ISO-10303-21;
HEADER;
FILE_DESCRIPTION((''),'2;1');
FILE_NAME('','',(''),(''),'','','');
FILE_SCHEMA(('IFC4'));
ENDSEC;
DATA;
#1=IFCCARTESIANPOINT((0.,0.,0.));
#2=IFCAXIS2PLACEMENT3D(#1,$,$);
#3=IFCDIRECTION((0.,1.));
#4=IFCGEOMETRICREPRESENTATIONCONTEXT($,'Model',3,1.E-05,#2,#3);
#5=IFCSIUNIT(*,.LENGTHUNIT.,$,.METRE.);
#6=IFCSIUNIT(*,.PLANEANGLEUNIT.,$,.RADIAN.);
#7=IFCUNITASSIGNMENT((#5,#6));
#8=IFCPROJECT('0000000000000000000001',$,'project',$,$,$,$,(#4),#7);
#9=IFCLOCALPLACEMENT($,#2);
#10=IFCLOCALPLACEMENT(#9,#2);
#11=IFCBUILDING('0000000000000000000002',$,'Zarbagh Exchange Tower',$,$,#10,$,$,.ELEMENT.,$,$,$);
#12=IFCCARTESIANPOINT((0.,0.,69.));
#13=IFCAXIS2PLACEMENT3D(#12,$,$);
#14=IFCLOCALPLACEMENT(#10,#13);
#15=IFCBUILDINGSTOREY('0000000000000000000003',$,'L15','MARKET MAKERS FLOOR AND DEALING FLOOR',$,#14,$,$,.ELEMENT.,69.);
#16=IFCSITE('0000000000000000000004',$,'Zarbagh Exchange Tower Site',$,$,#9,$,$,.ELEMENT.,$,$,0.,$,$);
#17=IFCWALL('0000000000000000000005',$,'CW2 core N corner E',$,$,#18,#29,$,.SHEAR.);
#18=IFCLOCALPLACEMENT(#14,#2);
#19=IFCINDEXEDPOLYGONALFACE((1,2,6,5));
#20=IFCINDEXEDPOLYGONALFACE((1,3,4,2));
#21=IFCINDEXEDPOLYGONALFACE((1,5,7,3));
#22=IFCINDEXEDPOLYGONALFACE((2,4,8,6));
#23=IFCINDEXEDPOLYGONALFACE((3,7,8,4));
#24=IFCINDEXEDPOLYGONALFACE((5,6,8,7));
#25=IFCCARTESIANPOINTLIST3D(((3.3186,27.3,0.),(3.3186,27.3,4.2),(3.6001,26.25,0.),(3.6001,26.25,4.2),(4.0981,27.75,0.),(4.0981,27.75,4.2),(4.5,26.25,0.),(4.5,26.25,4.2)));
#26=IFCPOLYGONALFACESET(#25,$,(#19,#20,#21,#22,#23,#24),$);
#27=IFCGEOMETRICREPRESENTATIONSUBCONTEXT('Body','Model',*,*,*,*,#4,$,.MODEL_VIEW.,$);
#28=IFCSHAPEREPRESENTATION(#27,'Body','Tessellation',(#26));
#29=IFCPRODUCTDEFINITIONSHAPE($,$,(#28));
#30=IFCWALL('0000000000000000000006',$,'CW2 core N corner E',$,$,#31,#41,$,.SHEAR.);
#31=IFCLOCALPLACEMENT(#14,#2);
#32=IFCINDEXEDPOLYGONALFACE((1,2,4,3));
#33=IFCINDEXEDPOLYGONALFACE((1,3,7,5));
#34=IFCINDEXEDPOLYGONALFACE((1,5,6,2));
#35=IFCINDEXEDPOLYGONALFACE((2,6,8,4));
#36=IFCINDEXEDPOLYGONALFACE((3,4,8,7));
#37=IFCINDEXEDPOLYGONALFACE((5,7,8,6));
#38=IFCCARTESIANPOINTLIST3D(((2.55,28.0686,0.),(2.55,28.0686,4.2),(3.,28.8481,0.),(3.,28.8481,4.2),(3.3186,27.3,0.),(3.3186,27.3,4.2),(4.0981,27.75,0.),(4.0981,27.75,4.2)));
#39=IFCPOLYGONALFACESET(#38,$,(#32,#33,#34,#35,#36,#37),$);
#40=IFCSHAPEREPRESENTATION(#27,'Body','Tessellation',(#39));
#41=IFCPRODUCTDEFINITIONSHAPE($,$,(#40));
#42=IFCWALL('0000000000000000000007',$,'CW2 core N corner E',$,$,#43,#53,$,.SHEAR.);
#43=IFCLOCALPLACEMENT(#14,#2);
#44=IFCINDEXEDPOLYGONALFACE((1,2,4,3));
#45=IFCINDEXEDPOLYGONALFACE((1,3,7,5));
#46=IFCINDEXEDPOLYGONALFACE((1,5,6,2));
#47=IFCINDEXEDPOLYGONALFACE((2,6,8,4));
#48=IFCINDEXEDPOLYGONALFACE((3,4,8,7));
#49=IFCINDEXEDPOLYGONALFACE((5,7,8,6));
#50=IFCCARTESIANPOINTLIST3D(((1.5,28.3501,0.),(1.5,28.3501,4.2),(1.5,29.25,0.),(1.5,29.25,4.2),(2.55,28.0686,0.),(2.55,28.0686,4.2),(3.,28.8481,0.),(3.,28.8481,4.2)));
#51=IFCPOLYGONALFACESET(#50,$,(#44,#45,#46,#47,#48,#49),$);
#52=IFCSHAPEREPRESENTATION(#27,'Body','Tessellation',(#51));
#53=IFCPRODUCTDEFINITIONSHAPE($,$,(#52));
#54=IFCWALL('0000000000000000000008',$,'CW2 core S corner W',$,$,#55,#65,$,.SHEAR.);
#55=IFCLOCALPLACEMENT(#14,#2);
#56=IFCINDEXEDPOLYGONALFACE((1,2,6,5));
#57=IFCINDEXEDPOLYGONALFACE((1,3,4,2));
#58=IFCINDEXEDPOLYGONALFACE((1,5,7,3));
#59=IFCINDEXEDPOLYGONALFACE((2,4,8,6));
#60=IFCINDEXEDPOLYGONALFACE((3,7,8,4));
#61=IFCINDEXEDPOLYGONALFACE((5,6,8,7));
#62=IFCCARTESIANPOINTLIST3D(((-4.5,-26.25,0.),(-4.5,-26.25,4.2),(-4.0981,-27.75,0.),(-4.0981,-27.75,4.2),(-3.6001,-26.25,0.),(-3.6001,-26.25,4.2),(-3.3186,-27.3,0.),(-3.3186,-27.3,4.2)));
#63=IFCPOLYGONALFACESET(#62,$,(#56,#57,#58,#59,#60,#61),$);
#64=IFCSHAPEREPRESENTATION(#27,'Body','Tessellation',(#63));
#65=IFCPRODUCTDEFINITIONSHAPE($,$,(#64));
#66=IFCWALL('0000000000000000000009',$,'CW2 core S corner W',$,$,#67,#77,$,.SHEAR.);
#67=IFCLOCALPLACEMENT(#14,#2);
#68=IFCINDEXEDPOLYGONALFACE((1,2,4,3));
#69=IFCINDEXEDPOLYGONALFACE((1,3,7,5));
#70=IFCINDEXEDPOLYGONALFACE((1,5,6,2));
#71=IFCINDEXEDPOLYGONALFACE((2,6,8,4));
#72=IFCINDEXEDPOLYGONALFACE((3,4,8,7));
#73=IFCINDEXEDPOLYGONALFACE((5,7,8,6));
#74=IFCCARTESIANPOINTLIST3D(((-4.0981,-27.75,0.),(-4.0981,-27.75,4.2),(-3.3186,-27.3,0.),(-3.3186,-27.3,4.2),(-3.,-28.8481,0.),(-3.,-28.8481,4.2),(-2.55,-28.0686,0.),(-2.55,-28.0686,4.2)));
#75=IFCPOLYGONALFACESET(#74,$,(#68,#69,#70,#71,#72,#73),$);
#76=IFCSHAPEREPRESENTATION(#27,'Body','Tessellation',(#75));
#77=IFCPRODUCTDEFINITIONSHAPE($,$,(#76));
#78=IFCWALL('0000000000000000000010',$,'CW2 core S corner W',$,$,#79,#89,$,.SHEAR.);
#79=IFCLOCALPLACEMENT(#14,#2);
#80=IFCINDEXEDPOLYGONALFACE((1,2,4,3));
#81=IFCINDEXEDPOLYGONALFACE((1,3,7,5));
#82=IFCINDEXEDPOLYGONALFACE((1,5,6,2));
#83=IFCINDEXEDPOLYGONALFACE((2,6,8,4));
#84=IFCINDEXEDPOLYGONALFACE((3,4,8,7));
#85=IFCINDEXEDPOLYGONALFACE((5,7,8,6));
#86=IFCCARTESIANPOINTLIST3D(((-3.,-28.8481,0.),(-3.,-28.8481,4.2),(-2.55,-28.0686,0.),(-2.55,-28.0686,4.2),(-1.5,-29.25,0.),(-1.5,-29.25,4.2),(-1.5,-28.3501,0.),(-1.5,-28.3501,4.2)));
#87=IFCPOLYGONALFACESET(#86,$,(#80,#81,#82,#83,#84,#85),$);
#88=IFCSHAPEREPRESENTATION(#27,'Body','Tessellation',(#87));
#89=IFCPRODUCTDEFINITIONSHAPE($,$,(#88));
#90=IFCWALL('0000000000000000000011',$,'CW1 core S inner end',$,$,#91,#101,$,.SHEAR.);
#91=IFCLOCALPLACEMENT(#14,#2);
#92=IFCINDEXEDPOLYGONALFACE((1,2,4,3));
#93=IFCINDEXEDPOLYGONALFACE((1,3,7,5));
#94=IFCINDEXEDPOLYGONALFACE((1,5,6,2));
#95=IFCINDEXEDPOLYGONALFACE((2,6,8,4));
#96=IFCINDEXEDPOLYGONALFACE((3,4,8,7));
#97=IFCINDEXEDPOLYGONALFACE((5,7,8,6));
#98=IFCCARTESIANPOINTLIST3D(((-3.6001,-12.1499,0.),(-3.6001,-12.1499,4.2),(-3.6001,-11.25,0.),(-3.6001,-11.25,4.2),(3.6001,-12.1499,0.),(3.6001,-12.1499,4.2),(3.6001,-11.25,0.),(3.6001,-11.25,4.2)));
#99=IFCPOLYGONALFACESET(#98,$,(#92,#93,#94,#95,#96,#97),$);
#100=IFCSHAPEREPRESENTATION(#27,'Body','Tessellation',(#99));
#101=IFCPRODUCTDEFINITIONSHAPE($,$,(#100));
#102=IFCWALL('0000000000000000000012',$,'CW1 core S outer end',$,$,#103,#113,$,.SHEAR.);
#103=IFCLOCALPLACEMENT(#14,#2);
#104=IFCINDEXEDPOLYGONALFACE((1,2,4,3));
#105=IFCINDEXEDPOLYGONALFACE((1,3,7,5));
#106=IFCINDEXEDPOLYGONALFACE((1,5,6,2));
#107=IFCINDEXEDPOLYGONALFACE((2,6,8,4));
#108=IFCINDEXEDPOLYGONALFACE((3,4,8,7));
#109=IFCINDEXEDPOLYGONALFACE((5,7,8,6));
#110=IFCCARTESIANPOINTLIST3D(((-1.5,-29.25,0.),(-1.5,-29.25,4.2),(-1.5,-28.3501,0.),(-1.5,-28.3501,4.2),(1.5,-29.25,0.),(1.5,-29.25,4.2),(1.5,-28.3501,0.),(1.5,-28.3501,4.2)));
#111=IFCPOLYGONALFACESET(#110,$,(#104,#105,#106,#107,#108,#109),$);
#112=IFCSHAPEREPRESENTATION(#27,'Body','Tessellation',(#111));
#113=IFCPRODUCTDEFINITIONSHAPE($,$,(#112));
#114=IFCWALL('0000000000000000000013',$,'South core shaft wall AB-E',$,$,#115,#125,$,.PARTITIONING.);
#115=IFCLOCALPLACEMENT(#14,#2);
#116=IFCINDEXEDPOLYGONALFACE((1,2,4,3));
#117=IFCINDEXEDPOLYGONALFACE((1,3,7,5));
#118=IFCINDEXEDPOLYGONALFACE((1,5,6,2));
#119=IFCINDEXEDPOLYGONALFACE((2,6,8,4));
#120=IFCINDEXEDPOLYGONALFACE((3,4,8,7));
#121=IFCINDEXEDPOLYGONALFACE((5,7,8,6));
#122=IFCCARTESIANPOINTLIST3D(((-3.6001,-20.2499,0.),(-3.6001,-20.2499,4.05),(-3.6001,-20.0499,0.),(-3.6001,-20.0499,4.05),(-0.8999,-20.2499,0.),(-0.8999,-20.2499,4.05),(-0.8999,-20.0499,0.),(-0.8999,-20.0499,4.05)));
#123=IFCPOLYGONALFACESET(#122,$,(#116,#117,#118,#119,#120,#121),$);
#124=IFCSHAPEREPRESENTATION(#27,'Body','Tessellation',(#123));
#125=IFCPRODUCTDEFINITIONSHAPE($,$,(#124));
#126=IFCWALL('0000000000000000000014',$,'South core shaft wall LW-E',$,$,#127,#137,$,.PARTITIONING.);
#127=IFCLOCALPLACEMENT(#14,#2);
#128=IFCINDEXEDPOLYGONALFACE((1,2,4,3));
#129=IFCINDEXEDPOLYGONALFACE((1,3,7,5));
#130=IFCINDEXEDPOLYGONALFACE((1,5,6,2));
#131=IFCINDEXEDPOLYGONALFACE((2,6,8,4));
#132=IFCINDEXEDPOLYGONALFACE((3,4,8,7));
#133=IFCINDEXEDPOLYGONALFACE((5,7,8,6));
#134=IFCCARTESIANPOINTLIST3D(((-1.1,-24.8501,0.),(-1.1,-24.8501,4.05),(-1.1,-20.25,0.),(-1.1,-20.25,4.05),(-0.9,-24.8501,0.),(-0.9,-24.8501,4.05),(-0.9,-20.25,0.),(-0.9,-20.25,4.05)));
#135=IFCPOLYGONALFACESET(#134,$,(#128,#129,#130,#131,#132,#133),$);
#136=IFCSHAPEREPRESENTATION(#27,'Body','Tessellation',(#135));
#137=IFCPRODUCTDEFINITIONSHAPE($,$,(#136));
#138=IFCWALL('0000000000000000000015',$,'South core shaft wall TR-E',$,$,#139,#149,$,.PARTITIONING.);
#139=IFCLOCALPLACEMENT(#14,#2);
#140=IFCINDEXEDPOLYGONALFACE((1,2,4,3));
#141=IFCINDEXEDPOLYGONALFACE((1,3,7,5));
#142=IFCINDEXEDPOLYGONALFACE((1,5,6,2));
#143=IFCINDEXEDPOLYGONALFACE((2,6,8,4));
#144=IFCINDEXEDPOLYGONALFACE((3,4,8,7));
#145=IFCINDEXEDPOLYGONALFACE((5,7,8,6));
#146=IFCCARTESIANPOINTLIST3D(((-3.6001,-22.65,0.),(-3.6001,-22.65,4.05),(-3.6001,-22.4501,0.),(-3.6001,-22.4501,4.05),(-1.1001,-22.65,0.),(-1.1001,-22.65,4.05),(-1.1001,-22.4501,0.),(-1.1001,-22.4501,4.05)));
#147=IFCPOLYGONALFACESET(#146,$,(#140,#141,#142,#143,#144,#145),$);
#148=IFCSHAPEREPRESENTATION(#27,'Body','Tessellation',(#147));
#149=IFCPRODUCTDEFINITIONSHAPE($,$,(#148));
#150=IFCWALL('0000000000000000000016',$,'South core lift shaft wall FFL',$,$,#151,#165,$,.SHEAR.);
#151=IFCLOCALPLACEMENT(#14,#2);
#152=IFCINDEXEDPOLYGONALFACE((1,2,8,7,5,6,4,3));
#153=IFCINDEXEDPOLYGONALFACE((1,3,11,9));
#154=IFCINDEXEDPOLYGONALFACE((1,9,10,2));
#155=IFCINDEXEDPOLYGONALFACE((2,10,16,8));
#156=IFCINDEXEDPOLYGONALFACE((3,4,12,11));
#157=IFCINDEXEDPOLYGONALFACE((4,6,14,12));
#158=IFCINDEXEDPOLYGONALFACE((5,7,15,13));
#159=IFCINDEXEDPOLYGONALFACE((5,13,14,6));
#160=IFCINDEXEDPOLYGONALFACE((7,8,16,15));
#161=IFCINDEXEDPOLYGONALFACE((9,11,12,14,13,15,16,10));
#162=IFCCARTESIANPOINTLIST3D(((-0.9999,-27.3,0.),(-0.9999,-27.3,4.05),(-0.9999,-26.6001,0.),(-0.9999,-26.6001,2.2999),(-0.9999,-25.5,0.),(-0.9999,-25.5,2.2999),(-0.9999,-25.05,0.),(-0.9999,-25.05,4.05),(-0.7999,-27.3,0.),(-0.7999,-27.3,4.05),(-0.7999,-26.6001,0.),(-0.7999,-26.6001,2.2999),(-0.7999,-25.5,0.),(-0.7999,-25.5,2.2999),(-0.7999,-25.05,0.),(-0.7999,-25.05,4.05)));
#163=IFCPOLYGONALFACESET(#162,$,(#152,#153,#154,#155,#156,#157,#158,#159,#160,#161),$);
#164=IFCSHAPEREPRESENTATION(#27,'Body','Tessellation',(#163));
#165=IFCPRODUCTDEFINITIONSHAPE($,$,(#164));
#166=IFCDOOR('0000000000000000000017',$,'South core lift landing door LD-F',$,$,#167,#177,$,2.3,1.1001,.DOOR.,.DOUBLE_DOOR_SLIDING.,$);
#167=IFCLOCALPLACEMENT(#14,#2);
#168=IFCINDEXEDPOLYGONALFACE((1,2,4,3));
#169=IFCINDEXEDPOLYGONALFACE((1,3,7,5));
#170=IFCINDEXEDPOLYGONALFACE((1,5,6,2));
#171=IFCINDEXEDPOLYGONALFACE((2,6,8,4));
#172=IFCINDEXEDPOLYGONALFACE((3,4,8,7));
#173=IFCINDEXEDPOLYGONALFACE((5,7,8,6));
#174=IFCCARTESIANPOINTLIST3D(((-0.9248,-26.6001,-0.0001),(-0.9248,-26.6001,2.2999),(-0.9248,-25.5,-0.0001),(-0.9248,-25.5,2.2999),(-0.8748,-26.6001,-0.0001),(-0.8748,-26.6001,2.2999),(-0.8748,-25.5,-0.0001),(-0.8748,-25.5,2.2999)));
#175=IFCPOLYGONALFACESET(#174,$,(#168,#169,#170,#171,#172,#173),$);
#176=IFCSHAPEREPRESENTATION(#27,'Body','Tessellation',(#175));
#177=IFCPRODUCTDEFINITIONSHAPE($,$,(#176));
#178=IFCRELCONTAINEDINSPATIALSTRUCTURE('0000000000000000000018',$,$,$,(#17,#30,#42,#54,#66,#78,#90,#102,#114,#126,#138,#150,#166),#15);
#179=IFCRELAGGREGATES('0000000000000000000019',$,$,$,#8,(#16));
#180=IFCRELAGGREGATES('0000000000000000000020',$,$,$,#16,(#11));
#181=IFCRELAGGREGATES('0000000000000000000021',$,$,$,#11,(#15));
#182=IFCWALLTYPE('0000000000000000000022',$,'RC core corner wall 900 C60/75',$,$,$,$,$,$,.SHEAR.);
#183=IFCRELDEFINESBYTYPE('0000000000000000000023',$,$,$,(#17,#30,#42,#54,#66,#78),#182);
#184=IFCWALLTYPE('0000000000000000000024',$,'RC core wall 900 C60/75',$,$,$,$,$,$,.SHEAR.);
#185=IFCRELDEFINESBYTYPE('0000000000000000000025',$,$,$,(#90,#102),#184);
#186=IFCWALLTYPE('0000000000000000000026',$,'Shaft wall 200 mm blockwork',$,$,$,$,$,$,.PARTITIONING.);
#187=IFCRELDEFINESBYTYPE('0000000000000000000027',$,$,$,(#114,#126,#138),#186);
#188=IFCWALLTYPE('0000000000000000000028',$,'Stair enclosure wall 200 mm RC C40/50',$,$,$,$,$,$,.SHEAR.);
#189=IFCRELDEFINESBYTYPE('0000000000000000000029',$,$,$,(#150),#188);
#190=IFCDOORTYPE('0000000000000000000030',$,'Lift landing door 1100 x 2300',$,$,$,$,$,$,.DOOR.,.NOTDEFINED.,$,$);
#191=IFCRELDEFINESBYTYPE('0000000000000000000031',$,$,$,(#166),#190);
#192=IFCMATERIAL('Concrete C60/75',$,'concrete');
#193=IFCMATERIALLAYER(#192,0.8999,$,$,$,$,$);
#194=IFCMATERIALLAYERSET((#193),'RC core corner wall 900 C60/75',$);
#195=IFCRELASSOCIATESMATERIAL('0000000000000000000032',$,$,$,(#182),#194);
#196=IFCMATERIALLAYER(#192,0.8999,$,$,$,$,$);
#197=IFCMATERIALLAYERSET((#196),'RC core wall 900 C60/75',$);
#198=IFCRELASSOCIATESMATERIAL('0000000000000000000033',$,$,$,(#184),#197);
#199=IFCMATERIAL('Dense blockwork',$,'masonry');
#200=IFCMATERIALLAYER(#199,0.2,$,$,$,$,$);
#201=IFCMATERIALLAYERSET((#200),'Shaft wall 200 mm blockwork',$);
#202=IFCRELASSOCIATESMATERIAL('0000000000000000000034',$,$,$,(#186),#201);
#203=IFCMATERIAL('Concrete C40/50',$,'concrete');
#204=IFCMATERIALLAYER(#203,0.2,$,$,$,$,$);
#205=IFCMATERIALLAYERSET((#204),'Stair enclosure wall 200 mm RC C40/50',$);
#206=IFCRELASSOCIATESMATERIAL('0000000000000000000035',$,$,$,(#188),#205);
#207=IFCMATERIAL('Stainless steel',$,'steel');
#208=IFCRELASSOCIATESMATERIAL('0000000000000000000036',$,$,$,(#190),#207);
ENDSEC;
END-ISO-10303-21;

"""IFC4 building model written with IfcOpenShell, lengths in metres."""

from ifc_helpers import new_model, si_unit, direction, frame, frame_2d, origin, place, context, subcontext, project, spatial, polyline, rectangle, outline, extrude, material, layer, layer_set, type_object, element, fill, save


model = new_model("IFC4")

# Units and contexts
model_context = context("Model", 3, precision=1e-05, world=origin(), true_north=direction((0.0, 1.0)))
body_context = subcontext(model_context, "Body", "Model", "MODEL_VIEW")
ifc_project = project(units=[si_unit("LENGTHUNIT", "METRE"), si_unit("PLANEANGLEUNIT", "RADIAN")], contexts=[model_context])

# Site, building, storey
site_placement = place(None, origin())
site = spatial("IfcSite", under=ifc_project, at=site_placement, Name="Zarbagh Exchange Tower Site", CompositionType="ELEMENT", RefElevation=0.0)
building_placement = place(site_placement, origin())
building = spatial("IfcBuilding", under=site, at=building_placement, Name="Zarbagh Exchange Tower", CompositionType="ELEMENT")
storey_placement = place(building_placement, frame((0.0, 0.0, 69.0)))
storey = spatial("IfcBuildingStorey", under=building, at=storey_placement, Name="L15", Description="MARKET MAKERS FLOOR AND DEALING FLOOR", CompositionType="ELEMENT", Elevation=69.0)

# Shared definitions
ifc_material_1 = material(Name="Concrete C60/75", Category="concrete")

# Shared definitions
ifc_material_2 = material(Name="Concrete C40/50", Category="concrete")

# Walls
ifc_layer_1 = layer(ifc_material_1, 0.8999)
ifc_layer_set_1 = layer_set([ifc_layer_1], Name="RC core corner wall 900 C60/75")
wall_type_1 = type_object("IfcWallType", Name="RC core corner wall 900 C60/75", PredefinedType="SHEAR", material=ifc_layer_set_1)
wall_1_placement = place(storey_placement, origin())
element("IfcWall", 1, at=wall_1_placement, inside=storey, type_object=wall_type_1, Name="CW2 core N corner E", PredefinedType="SHEAR", context=body_context, shape_type="SweptSolid", body=[
    extrude(outline(polyline([(4.5, 26.25), (4.0981, 27.75), (3.3186, 27.3), (3.6001, 26.25), (4.5, 26.25)])), origin(), (0.0, 0.0, 1.0), 4.2),
])
wall_2_placement = place(storey_placement, origin())
element("IfcWall", 2, at=wall_2_placement, inside=storey, type_object=wall_type_1, Name="CW2 core N corner E", PredefinedType="SHEAR", context=body_context, shape_type="SweptSolid", body=[
    extrude(outline(polyline([(4.0981, 27.75), (3.0, 28.8481), (2.55, 28.0686), (3.3186, 27.3), (4.0981, 27.75)])), origin(), (0.0, 0.0, 1.0), 4.2),
])
wall_3_placement = place(storey_placement, origin())
element("IfcWall", 3, at=wall_3_placement, inside=storey, type_object=wall_type_1, Name="CW2 core N corner E", PredefinedType="SHEAR", context=body_context, shape_type="SweptSolid", body=[
    extrude(outline(polyline([(3.0, 28.8481), (1.5, 29.25), (1.5, 28.3501), (2.55, 28.0686), (3.0, 28.8481)])), origin(), (0.0, 0.0, 1.0), 4.2),
])
wall_4_placement = place(storey_placement, origin())
element("IfcWall", 4, at=wall_4_placement, inside=storey, type_object=wall_type_1, Name="CW2 core S corner W", PredefinedType="SHEAR", context=body_context, shape_type="SweptSolid", body=[
    extrude(outline(polyline([(-4.5, -26.25), (-4.0981, -27.75), (-3.3186, -27.3), (-3.6001, -26.25), (-4.5, -26.25)])), origin(), (0.0, 0.0, 1.0), 4.2),
])
wall_5_placement = place(storey_placement, origin())
element("IfcWall", 5, at=wall_5_placement, inside=storey, type_object=wall_type_1, Name="CW2 core S corner W", PredefinedType="SHEAR", context=body_context, shape_type="SweptSolid", body=[
    extrude(outline(polyline([(-4.0981, -27.75), (-3.0, -28.8481), (-2.55, -28.0686), (-3.3186, -27.3), (-4.0981, -27.75)])), origin(), (0.0, 0.0, 1.0), 4.2),
])
wall_6_placement = place(storey_placement, origin())
element("IfcWall", 6, at=wall_6_placement, inside=storey, type_object=wall_type_1, Name="CW2 core S corner W", PredefinedType="SHEAR", context=body_context, shape_type="SweptSolid", body=[
    extrude(outline(polyline([(-3.0, -28.8481), (-1.5, -29.25), (-1.5, -28.3501), (-2.55, -28.0686), (-3.0, -28.8481)])), origin(), (0.0, 0.0, 1.0), 4.2),
])
ifc_layer_2 = layer(ifc_material_1, 0.8999)
ifc_layer_set_2 = layer_set([ifc_layer_2], Name="RC core wall 900 C60/75")
wall_type_2 = type_object("IfcWallType", Name="RC core wall 900 C60/75", PredefinedType="SHEAR", material=ifc_layer_set_2)
wall_7_placement = place(storey_placement, frame((-3.6001, -11.7, 0.0), z_axis=(0.0, 0.0, 1.0), x_axis=(1.0, 0.0, 0.0)))
element("IfcWall", 7, at=wall_7_placement, inside=storey, type_object=wall_type_2, Name="CW1 core S inner end", PredefinedType="SHEAR", context=body_context, shape_type="SweptSolid", body=[
    extrude(rectangle(XDim=7.2002, YDim=0.8999, at=frame_2d((3.6001, 0.0))), origin(), (0.0, 0.0, 1.0), 4.2),
])
wall_8_placement = place(storey_placement, frame((-1.5, -28.8, 0.0), z_axis=(0.0, 0.0, 1.0), x_axis=(1.0, 0.0, 0.0)))
element("IfcWall", 8, at=wall_8_placement, inside=storey, type_object=wall_type_2, Name="CW1 core S outer end", PredefinedType="SHEAR", context=body_context, shape_type="SweptSolid", body=[
    extrude(rectangle(XDim=3.0, YDim=0.8999, at=frame_2d((1.5, 0.0))), origin(), (0.0, 0.0, 1.0), 4.2),
])
ifc_material_3 = material(Name="Dense blockwork", Category="masonry")
ifc_layer_3 = layer(ifc_material_3, 0.2)
ifc_layer_set_3 = layer_set([ifc_layer_3], Name="Shaft wall 200 mm blockwork")
wall_type_3 = type_object("IfcWallType", Name="Shaft wall 200 mm blockwork", PredefinedType="PARTITIONING", material=ifc_layer_set_3)
wall_9_placement = place(storey_placement, frame((-0.8999, -20.1499, 0.0), z_axis=(0.0, 0.0, 1.0), x_axis=(-1.0, 0.0, 0.0)))
element("IfcWall", 9, at=wall_9_placement, inside=storey, type_object=wall_type_3, Name="South core shaft wall AB-E", PredefinedType="PARTITIONING", context=body_context, shape_type="SweptSolid", body=[
    extrude(rectangle(XDim=2.7002, YDim=0.2, at=frame_2d((1.3501, 0.0))), origin(), (0.0, 0.0, 1.0), 4.05),
])
wall_10_placement = place(storey_placement, frame((-1.0, -24.8501, 0.0), z_axis=(0.0, 0.0, 1.0), x_axis=(0.0, 1.0, 0.0)))
element("IfcWall", 10, at=wall_10_placement, inside=storey, type_object=wall_type_3, Name="South core shaft wall LW-E", PredefinedType="PARTITIONING", context=body_context, shape_type="SweptSolid", body=[
    extrude(rectangle(XDim=4.6001, YDim=0.2, at=frame_2d((2.3, 0.0))), origin(), (0.0, 0.0, 1.0), 4.05),
])
wall_11_placement = place(storey_placement, frame((-1.1001, -22.55, 0.0), z_axis=(0.0, 0.0, 1.0), x_axis=(-1.0, 0.0, 0.0)))
element("IfcWall", 11, at=wall_11_placement, inside=storey, type_object=wall_type_3, Name="South core shaft wall TR-E", PredefinedType="PARTITIONING", context=body_context, shape_type="SweptSolid", body=[
    extrude(rectangle(XDim=2.5, YDim=0.2, at=frame_2d((1.25, 0.0))), origin(), (0.0, 0.0, 1.0), 4.05),
])

# Wall, opening, door
ifc_layer_4 = layer(ifc_material_2, 0.2)
ifc_layer_set_4 = layer_set([ifc_layer_4], Name="Stair enclosure wall 200 mm RC C40/50")
wall_type_4 = type_object("IfcWallType", Name="Stair enclosure wall 200 mm RC C40/50", PredefinedType="SHEAR", material=ifc_layer_set_4)
wall_12_placement = place(storey_placement, frame((-0.8999, -27.3, 0.0), z_axis=(0.0, 0.0, 1.0), x_axis=(0.0, 1.0, 0.0)))
wall_12 = element("IfcWall", 12, at=wall_12_placement, inside=storey, type_object=wall_type_4, Name="South core lift shaft wall FFL", PredefinedType="SHEAR", context=body_context, shape_type="SweptSolid", body=[
    extrude(rectangle(XDim=2.25, YDim=0.2, at=frame_2d((1.125, 0.0))), origin(), (0.0, 0.0, 1.0), 4.05),
])
opening_placement = place(wall_12_placement, frame((0.7, 0.0, 0.0)))
opening = element("IfcOpeningElement", 13, at=opening_placement, cuts=wall_12, PredefinedType="OPENING", context=body_context, shape_type="SweptSolid", body=[
    extrude(rectangle(XDim=1.1001, YDim=2.3, at=frame_2d((0.55, 1.1499))), frame((0.0, 0.1099, 0.0), z_axis=(0.0, -1.0, 0.0), x_axis=(1.0, 0.0, 0.0)), (0.0, 0.0, 1.0), 0.22),
])
ifc_material_4 = material(Name="Stainless steel", Category="steel")
door_type = type_object("IfcDoorType", Name="Lift landing door 1100 x 2300", OperationType="NOTDEFINED", PredefinedType="DOOR", material=ifc_material_4)
door_placement = place(opening_placement, origin())
door = element("IfcDoor", 14, at=door_placement, inside=storey, type_object=door_type, Name="South core lift landing door LD-F", OperationType="DOUBLE_DOOR_SLIDING", OverallHeight=2.3, OverallWidth=1.1001, PredefinedType="DOOR", context=body_context, shape_type="SweptSolid", body=[
    extrude(rectangle(XDim=1.1001, YDim=2.3, at=frame_2d((0.55, 1.1499))), frame((0.0, 0.0249, 0.0), z_axis=(0.0, -1.0, 0.0), x_axis=(1.0, 0.0, 0.0)), (0.0, 0.0, 1.0), 0.05),
])
fill(opening, door)

save(model, "model.ifc")
